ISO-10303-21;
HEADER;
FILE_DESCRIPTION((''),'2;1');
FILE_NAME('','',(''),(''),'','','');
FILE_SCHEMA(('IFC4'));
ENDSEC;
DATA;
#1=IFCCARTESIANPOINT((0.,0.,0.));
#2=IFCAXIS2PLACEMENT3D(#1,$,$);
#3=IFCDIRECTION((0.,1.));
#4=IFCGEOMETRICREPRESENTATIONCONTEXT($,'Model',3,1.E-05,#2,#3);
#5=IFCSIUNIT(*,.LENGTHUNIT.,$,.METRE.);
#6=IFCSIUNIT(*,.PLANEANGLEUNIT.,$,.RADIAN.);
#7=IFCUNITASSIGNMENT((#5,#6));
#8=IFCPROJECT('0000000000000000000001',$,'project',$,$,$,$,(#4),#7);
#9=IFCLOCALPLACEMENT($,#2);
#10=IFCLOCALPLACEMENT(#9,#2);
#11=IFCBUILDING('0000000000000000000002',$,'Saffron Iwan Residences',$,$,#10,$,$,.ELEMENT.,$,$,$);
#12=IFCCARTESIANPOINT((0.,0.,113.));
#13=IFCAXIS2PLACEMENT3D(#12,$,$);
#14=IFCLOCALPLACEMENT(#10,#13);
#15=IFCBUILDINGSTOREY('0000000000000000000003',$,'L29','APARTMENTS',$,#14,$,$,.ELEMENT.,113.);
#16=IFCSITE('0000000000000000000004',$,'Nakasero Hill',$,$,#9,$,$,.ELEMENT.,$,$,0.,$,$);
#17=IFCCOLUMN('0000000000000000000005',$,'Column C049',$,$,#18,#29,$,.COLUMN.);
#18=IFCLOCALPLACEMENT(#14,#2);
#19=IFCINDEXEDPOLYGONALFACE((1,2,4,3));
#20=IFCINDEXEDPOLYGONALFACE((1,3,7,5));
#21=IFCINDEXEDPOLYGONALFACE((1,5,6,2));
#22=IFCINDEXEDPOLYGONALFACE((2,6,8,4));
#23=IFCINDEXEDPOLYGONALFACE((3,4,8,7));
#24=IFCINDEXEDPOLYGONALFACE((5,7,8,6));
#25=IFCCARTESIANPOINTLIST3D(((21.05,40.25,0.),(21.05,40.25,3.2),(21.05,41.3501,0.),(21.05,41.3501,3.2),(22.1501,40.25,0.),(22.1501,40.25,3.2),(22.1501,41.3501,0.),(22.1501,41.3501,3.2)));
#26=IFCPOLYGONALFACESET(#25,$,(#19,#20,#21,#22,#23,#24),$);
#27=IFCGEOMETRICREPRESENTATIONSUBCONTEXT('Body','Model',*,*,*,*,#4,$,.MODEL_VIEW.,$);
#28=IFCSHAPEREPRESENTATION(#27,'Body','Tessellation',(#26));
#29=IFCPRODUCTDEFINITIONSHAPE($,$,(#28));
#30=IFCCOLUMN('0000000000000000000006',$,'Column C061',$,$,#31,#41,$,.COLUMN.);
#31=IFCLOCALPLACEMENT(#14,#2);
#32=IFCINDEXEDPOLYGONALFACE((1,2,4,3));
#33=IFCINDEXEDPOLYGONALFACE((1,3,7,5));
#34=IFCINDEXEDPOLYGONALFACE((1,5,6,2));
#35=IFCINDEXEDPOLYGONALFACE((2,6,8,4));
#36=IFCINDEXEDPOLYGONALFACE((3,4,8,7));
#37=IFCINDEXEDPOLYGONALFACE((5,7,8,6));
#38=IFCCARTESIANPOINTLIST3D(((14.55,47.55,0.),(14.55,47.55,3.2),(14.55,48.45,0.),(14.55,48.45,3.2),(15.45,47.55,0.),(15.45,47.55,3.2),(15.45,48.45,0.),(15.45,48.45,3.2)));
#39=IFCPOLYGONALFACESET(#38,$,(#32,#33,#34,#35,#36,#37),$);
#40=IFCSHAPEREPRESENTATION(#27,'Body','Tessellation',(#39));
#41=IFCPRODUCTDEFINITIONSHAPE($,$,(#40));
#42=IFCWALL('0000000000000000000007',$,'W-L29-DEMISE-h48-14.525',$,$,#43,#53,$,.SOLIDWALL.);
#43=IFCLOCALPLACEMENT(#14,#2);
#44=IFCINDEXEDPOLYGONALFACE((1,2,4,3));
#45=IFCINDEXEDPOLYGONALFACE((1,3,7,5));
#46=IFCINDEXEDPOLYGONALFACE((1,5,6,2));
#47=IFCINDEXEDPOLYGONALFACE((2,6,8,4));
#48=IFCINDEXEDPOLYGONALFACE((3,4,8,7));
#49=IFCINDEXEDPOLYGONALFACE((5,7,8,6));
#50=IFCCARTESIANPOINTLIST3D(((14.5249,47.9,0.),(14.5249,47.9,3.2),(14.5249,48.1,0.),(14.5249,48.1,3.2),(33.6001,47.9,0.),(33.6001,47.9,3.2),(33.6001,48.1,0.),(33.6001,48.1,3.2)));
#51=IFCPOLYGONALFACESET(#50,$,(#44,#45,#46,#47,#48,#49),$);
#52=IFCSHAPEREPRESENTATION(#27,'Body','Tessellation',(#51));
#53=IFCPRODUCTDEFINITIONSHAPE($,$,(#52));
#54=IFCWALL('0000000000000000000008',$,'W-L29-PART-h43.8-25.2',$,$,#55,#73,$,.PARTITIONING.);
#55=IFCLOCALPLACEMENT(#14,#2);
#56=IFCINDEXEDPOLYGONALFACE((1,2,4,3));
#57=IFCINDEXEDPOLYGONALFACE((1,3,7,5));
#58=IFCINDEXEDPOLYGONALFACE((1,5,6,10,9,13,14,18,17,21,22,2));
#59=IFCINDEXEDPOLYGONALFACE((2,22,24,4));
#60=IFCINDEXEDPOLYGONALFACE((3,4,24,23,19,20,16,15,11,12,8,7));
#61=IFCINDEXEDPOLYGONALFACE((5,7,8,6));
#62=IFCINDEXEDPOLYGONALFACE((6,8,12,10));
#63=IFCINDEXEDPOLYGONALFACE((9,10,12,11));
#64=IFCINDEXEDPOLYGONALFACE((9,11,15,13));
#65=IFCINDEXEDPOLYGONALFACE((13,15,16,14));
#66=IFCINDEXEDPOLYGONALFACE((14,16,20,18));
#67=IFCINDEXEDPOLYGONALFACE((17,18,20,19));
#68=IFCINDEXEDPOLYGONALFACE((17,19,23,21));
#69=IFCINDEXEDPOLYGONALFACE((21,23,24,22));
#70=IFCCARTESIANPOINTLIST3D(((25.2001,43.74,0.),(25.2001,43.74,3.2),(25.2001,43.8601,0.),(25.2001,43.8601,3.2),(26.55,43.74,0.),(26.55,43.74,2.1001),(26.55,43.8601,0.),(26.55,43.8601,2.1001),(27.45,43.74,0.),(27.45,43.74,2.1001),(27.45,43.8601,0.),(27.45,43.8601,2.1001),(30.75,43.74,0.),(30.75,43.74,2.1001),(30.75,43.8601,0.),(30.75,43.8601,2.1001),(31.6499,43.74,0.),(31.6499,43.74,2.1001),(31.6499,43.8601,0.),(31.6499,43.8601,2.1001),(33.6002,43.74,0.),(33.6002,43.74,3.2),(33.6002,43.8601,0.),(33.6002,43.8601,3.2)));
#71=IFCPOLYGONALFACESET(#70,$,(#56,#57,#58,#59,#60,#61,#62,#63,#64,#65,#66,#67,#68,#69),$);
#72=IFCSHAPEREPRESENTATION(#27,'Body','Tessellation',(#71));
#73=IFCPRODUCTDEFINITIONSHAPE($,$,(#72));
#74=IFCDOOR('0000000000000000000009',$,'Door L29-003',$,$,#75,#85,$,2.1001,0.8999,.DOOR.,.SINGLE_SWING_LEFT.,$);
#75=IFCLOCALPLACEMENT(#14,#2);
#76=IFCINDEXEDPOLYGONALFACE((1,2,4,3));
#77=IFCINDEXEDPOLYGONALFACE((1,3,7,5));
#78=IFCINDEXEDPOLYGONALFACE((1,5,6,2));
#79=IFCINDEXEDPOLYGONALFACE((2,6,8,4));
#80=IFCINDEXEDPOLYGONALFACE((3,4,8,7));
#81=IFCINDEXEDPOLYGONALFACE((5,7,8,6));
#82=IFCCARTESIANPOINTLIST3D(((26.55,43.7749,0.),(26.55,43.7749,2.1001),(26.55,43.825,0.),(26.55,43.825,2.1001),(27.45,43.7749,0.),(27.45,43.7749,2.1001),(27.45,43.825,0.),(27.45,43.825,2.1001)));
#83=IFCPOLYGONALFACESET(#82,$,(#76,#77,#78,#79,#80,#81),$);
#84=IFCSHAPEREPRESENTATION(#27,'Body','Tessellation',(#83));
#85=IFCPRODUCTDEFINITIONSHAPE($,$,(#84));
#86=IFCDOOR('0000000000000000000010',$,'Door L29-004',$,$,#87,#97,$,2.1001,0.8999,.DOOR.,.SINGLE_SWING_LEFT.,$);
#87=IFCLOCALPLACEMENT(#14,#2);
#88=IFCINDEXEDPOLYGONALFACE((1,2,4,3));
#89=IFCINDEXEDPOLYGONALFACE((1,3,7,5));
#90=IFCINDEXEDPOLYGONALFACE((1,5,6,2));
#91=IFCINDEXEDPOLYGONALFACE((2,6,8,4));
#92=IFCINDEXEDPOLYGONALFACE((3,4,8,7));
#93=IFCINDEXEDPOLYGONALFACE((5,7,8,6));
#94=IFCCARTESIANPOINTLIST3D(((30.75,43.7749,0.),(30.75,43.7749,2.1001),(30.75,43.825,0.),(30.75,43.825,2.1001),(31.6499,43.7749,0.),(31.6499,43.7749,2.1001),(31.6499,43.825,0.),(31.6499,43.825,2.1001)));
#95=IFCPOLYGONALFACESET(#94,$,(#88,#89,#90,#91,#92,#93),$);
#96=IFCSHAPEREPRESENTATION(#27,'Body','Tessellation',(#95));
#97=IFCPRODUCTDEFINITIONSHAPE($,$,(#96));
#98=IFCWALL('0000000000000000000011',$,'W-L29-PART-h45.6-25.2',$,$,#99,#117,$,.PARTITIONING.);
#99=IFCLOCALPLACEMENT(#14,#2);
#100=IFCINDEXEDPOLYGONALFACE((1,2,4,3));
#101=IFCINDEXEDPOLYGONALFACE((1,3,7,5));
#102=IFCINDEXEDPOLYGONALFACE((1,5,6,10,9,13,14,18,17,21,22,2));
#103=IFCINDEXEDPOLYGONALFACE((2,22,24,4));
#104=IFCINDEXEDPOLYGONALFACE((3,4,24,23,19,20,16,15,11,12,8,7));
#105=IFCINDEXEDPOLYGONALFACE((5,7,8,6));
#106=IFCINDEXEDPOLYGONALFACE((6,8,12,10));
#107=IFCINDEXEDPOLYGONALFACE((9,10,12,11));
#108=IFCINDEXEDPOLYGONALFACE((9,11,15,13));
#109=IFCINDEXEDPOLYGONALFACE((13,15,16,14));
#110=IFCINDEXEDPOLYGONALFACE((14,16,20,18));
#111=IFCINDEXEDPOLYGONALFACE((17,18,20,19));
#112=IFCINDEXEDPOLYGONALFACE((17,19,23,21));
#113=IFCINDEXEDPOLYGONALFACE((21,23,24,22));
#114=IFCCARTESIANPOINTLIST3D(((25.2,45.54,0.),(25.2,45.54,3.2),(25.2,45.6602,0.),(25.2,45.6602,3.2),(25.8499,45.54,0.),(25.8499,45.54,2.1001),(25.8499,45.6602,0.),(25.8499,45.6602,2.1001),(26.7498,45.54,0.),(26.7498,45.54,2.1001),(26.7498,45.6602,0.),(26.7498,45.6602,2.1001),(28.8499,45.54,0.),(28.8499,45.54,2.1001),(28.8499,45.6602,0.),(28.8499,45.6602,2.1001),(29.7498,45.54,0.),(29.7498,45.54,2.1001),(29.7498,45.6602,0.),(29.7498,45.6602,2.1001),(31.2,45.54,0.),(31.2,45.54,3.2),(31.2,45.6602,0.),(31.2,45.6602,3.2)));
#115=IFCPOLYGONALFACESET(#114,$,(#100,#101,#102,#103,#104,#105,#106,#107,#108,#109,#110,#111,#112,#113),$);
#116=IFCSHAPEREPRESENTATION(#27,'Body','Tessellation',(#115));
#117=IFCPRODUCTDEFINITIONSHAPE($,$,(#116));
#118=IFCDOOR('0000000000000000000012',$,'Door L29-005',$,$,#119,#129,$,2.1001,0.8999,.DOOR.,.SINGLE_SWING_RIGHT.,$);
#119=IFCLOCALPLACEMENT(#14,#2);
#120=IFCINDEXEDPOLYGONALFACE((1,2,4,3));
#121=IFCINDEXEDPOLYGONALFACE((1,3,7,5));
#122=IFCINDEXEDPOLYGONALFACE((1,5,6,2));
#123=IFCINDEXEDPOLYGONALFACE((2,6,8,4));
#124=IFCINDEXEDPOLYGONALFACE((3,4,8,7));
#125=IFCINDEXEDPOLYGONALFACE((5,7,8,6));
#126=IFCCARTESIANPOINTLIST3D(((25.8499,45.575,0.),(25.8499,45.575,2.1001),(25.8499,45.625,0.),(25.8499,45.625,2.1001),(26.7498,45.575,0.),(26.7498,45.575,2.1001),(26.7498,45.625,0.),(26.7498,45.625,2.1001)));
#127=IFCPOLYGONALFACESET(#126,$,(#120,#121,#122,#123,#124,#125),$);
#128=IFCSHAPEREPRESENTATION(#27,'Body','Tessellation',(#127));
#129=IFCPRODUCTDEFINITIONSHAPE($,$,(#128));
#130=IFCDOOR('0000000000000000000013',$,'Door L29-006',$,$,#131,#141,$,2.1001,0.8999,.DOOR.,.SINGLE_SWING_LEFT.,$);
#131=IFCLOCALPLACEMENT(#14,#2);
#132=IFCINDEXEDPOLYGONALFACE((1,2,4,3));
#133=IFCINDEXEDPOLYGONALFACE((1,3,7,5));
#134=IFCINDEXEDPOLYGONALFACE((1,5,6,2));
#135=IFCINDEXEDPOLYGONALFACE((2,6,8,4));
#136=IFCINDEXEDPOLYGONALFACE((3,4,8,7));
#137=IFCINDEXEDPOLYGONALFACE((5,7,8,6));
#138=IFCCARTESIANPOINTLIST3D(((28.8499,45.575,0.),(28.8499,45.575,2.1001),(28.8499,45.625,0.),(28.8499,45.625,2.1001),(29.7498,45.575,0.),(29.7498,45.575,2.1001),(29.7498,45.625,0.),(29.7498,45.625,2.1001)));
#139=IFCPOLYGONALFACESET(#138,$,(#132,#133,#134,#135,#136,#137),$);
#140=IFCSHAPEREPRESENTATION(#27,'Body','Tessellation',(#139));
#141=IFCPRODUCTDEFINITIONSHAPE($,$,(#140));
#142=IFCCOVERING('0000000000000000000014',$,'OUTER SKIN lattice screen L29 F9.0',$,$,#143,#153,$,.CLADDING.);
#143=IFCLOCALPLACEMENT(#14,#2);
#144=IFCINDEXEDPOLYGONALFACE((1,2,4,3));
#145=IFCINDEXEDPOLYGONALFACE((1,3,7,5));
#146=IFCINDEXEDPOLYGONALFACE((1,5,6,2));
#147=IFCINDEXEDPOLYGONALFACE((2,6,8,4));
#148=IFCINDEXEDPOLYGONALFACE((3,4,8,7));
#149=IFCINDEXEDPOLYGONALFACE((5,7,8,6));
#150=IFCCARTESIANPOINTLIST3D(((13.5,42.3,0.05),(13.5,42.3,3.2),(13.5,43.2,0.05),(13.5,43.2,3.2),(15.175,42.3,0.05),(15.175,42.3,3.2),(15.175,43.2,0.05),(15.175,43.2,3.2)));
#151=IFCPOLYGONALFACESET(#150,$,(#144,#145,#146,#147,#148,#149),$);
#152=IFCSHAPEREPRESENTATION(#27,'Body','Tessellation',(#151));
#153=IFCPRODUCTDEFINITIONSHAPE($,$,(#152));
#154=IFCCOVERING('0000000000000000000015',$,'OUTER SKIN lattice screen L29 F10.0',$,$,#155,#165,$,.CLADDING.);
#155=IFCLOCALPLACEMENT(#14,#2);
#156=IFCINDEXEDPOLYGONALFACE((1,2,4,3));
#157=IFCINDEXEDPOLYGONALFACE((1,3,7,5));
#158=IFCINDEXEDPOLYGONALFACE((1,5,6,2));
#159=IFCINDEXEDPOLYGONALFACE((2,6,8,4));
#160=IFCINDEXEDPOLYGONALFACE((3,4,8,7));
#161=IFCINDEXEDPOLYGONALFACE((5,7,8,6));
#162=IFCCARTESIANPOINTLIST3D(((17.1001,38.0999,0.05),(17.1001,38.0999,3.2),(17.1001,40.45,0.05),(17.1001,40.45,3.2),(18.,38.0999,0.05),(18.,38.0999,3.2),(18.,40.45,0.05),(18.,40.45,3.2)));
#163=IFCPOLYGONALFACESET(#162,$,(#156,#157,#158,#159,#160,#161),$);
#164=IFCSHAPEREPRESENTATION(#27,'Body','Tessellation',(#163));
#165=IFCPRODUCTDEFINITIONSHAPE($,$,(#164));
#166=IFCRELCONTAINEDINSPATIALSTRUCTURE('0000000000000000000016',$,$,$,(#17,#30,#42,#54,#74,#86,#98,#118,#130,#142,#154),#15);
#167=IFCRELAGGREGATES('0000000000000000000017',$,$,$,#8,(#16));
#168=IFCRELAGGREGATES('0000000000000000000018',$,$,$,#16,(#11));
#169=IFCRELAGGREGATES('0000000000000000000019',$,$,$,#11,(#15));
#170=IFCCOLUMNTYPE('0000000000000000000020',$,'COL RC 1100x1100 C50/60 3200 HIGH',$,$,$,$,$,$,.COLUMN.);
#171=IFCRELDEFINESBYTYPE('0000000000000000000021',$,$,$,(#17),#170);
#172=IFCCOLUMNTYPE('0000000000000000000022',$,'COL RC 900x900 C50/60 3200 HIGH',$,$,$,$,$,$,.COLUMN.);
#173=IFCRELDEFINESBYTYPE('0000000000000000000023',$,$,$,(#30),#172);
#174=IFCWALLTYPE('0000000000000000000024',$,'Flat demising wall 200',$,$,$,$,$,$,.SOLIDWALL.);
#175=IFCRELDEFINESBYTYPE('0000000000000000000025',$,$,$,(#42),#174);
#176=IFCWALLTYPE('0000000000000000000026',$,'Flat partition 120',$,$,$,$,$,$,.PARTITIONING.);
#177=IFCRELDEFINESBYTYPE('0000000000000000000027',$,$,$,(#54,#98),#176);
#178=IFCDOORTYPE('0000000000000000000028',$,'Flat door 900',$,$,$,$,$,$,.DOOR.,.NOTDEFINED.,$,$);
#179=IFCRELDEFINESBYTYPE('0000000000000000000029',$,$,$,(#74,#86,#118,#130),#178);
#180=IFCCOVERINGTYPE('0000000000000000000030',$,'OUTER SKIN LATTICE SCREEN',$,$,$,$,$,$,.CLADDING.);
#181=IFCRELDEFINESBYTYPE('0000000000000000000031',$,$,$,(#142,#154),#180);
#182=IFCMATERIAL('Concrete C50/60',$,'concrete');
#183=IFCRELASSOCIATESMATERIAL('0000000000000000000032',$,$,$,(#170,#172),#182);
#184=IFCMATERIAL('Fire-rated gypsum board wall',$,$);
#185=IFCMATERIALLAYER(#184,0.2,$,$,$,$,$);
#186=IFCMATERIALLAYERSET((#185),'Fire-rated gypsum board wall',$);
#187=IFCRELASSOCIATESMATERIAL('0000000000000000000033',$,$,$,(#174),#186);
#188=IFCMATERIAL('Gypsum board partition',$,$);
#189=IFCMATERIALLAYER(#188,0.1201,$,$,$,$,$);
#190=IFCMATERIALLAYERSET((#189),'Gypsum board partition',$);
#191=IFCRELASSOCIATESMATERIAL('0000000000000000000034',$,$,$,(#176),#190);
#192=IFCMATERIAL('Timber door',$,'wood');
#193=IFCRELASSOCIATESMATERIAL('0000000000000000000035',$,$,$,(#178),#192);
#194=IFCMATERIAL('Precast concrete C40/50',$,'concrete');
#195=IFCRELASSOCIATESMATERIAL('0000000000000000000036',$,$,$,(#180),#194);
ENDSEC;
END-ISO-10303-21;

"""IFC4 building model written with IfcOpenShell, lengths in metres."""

from ifc_helpers import new_model, si_unit, direction, frame, frame_2d, origin, origin_2d, place, context, subcontext, project, spatial, polyline, rectangle, outline, extrude, source, transform, mapped, material, layer, layer_set, material_profile, profile_set, type_object, element, fill, save


model = new_model("IFC4")

# Units and contexts
model_context = context("Model", 3, precision=1e-05, world=origin(), true_north=direction((0.0, 1.0)))
body_context = subcontext(model_context, "Body", "Model", "MODEL_VIEW")
ifc_project = project(units=[si_unit("LENGTHUNIT", "METRE"), si_unit("PLANEANGLEUNIT", "RADIAN")], contexts=[model_context])

# Site, building, storey
site_placement = place(None, origin())
site = spatial("IfcSite", under=ifc_project, at=site_placement, Name="Nakasero Hill", CompositionType="ELEMENT", RefElevation=0.0)
building_placement = place(site_placement, origin())
building = spatial("IfcBuilding", under=site, at=building_placement, Name="Saffron Iwan Residences", CompositionType="ELEMENT")
storey_placement = place(building_placement, frame((0.0, 0.0, 113.0)))
storey = spatial("IfcBuildingStorey", under=building, at=storey_placement, Name="L29", Description="APARTMENTS", CompositionType="ELEMENT", Elevation=113.0)

# Columns
ifc_material_1 = material(Name="Concrete C50/60", Category="concrete")
ifc_material_profile_1 = material_profile(ifc_material_1, rectangle(XDim=1.1001, YDim=1.1001, at=origin_2d()), Name="RC 1100x1100")
ifc_profile_set_1 = profile_set([ifc_material_profile_1], Name="Concrete C50/60")
column_type_1 = type_object("IfcColumnType", Name="COL RC 1100x1100 C50/60 3200 HIGH", PredefinedType="COLUMN", material=ifc_profile_set_1)
shared_shape_1 = source(origin(), body_context, "Body", "SweptSolid", [
    extrude(rectangle(XDim=1.1001, YDim=1.1001, at=origin_2d()), origin(), (0.0, 0.0, 1.0), 3.2),
])
column_1_placement = place(storey_placement, frame((21.6001, 40.8, 0.0), z_axis=(0.0, 0.0, 1.0), x_axis=(1.0, 0.0, 0.0)))
element("IfcColumn", 1, at=column_1_placement, inside=storey, type_object=column_type_1, Name="Column C049", PredefinedType="COLUMN", context=body_context, shape_type="MappedRepresentation", body=[
    mapped(shared_shape_1, transform((0.0, 0.0, 0.0))),
])
ifc_material_profile_2 = material_profile(ifc_material_1, rectangle(XDim=0.8999, YDim=0.8999, at=origin_2d()), Name="RC 900x900")
ifc_profile_set_2 = profile_set([ifc_material_profile_2], Name="Concrete C50/60")
column_type_2 = type_object("IfcColumnType", Name="COL RC 900x900 C50/60 3200 HIGH", PredefinedType="COLUMN", material=ifc_profile_set_2)
shared_shape_2 = source(origin(), body_context, "Body", "SweptSolid", [
    extrude(rectangle(XDim=0.8999, YDim=0.8999, at=origin_2d()), origin(), (0.0, 0.0, 1.0), 3.2),
])
column_2_placement = place(storey_placement, frame((15.0, 48.0, 0.0), z_axis=(0.0, 0.0, 1.0), x_axis=(1.0, 0.0, 0.0)))
element("IfcColumn", 2, at=column_2_placement, inside=storey, type_object=column_type_2, Name="Column C061", PredefinedType="COLUMN", context=body_context, shape_type="MappedRepresentation", body=[
    mapped(shared_shape_2, transform((0.0, 0.0, 0.0))),
])

# Wall
ifc_material_2 = material(Name="Fire-rated gypsum board wall")
ifc_layer_1 = layer(ifc_material_2, 0.2)
ifc_layer_set_1 = layer_set([ifc_layer_1], Name="Fire-rated gypsum board wall")
wall_type_1 = type_object("IfcWallType", Name="Flat demising wall 200", PredefinedType="SOLIDWALL", material=ifc_layer_set_1)
wall_1_placement = place(storey_placement, frame((14.5249, 48.0, 0.0), z_axis=(0.0, 0.0, 1.0), x_axis=(1.0, 0.0, 0.0)))
element("IfcWall", 3, at=wall_1_placement, inside=storey, type_object=wall_type_1, Name="W-L29-DEMISE-h48-14.525", PredefinedType="SOLIDWALL", context=body_context, shape_type="SweptSolid", body=[
    extrude(rectangle(XDim=19.0752, YDim=0.2, at=frame_2d((9.5376, 0.0))), origin(), (0.0, 0.0, 1.0), 3.2),
])

# Walls, openings, doors
ifc_material_3 = material(Name="Gypsum board partition")
ifc_layer_2 = layer(ifc_material_3, 0.1201)
ifc_layer_set_2 = layer_set([ifc_layer_2], Name="Gypsum board partition")
wall_type_2 = type_object("IfcWallType", Name="Flat partition 120", PredefinedType="PARTITIONING", material=ifc_layer_set_2)
wall_2_placement = place(storey_placement, frame((25.2, 43.8, 0.0), z_axis=(0.0, 0.0, 1.0), x_axis=(1.0, 0.0, 0.0)))
wall_2 = element("IfcWall", 4, at=wall_2_placement, inside=storey, type_object=wall_type_2, Name="W-L29-PART-h43.8-25.2", PredefinedType="PARTITIONING", context=body_context, shape_type="SweptSolid", body=[
    extrude(rectangle(XDim=8.4001, YDim=0.1201, at=frame_2d((4.2002, 0.0))), origin(), (0.0, 0.0, 1.0), 3.2),
])
opening_1_placement = place(wall_2_placement, frame((1.3501, 0.0, 0.0)))
opening_1 = element("IfcOpeningElement", 5, at=opening_1_placement, cuts=wall_2, PredefinedType="OPENING", context=body_context, shape_type="SweptSolid", body=[
    extrude(rectangle(XDim=0.8999, YDim=2.1001, at=frame_2d((0.45, 1.05))), frame((0.0, 0.0701, 0.0), z_axis=(0.0, -1.0, 0.0), x_axis=(1.0, 0.0, 0.0)), (0.0, 0.0, 1.0), 0.1401),
])
opening_2_placement = place(wall_2_placement, frame((5.55, 0.0, 0.0)))
opening_2 = element("IfcOpeningElement", 6, at=opening_2_placement, cuts=wall_2, PredefinedType="OPENING", context=body_context, shape_type="SweptSolid", body=[
    extrude(rectangle(XDim=0.8999, YDim=2.1001, at=frame_2d((0.45, 1.05))), frame((0.0, 0.0701, 0.0), z_axis=(0.0, -1.0, 0.0), x_axis=(1.0, 0.0, 0.0)), (0.0, 0.0, 1.0), 0.1401),
])
ifc_material_4 = material(Name="Timber door", Category="wood")
door_type_1 = type_object("IfcDoorType", Name="Flat door 900", OperationType="NOTDEFINED", PredefinedType="DOOR", material=ifc_material_4)
door_1_placement = place(opening_1_placement, origin())
door_1 = element("IfcDoor", 7, at=door_1_placement, inside=storey, type_object=door_type_1, Name="Door L29-003", OperationType="SINGLE_SWING_LEFT", OverallHeight=2.1001, OverallWidth=0.8999, PredefinedType="DOOR", context=body_context, shape_type="SweptSolid", body=[
    extrude(rectangle(XDim=0.8999, YDim=2.1001, at=frame_2d((0.45, 1.05))), frame((0.0, 0.0249, 0.0), z_axis=(0.0, -1.0, 0.0), x_axis=(1.0, 0.0, 0.0)), (0.0, 0.0, 1.0), 0.05),
])
fill(opening_1, door_1)
door_2_placement = place(opening_2_placement, origin())
door_2 = element("IfcDoor", 8, at=door_2_placement, inside=storey, type_object=door_type_1, Name="Door L29-004", OperationType="SINGLE_SWING_LEFT", OverallHeight=2.1001, OverallWidth=0.8999, PredefinedType="DOOR", context=body_context, shape_type="SweptSolid", body=[
    extrude(rectangle(XDim=0.8999, YDim=2.1001, at=frame_2d((0.45, 1.05))), frame((0.0, 0.0249, 0.0), z_axis=(0.0, -1.0, 0.0), x_axis=(1.0, 0.0, 0.0)), (0.0, 0.0, 1.0), 0.05),
])
fill(opening_2, door_2)
wall_3_placement = place(storey_placement, frame((25.2, 45.6001, 0.0), z_axis=(0.0, 0.0, 1.0), x_axis=(1.0, 0.0, 0.0)))
wall_3 = element("IfcWall", 9, at=wall_3_placement, inside=storey, type_object=wall_type_2, Name="W-L29-PART-h45.6-25.2", PredefinedType="PARTITIONING", context=body_context, shape_type="SweptSolid", body=[
    extrude(rectangle(XDim=6.0, YDim=0.1201, at=frame_2d((3.0, 0.0))), origin(), (0.0, 0.0, 1.0), 3.2),
])
opening_3_placement = place(wall_3_placement, frame((0.6499, 0.0, 0.0)))
opening_3 = element("IfcOpeningElement", 10, at=opening_3_placement, cuts=wall_3, PredefinedType="OPENING", context=body_context, shape_type="SweptSolid", body=[
    extrude(rectangle(XDim=0.8999, YDim=2.1001, at=frame_2d((0.45, 1.05))), frame((0.0, 0.0701, 0.0), z_axis=(0.0, -1.0, 0.0), x_axis=(1.0, 0.0, 0.0)), (0.0, 0.0, 1.0), 0.1401),
])
opening_4_placement = place(wall_3_placement, frame((3.6499, 0.0, 0.0)))
opening_4 = element("IfcOpeningElement", 11, at=opening_4_placement, cuts=wall_3, PredefinedType="OPENING", context=body_context, shape_type="SweptSolid", body=[
    extrude(rectangle(XDim=0.8999, YDim=2.1001, at=frame_2d((0.45, 1.05))), frame((0.0, 0.0701, 0.0), z_axis=(0.0, -1.0, 0.0), x_axis=(1.0, 0.0, 0.0)), (0.0, 0.0, 1.0), 0.1401),
])
door_3_placement = place(opening_3_placement, origin())
door_3 = element("IfcDoor", 12, at=door_3_placement, inside=storey, type_object=door_type_1, Name="Door L29-005", OperationType="SINGLE_SWING_RIGHT", OverallHeight=2.1001, OverallWidth=0.8999, PredefinedType="DOOR", context=body_context, shape_type="SweptSolid", body=[
    extrude(rectangle(XDim=0.8999, YDim=2.1001, at=frame_2d((0.45, 1.05))), frame((0.0, 0.0249, 0.0), z_axis=(0.0, -1.0, 0.0), x_axis=(1.0, 0.0, 0.0)), (0.0, 0.0, 1.0), 0.05),
])
fill(opening_3, door_3)
door_4_placement = place(opening_4_placement, origin())
door_4 = element("IfcDoor", 13, at=door_4_placement, inside=storey, type_object=door_type_1, Name="Door L29-006", OperationType="SINGLE_SWING_LEFT", OverallHeight=2.1001, OverallWidth=0.8999, PredefinedType="DOOR", context=body_context, shape_type="SweptSolid", body=[
    extrude(rectangle(XDim=0.8999, YDim=2.1001, at=frame_2d((0.45, 1.05))), frame((0.0, 0.0249, 0.0), z_axis=(0.0, -1.0, 0.0), x_axis=(1.0, 0.0, 0.0)), (0.0, 0.0, 1.0), 0.05),
])
fill(opening_4, door_4)

# Coverings
ifc_material_5 = material(Name="Precast concrete C40/50", Category="concrete")
covering_type = type_object("IfcCoveringType", Name="OUTER SKIN LATTICE SCREEN", PredefinedType="CLADDING", material=ifc_material_5)
covering_1_placement = place(storey_placement, frame((13.5, 43.2, 0.05), z_axis=(0.0, -1.0, 0.0), x_axis=(1.0, 0.0, 0.0)))
element("IfcCovering", 14, at=covering_1_placement, inside=storey, type_object=covering_type, Name="OUTER SKIN lattice screen L29 F9.0", PredefinedType="CLADDING", context=body_context, shape_type="SweptSolid", body=[
    extrude(outline(polyline([(0.0, 0.0), (1.675, 0.0), (1.675, 3.1499), (0.0, 3.1499), (0.0, 0.0)])), origin(), (0.0, 0.0, 1.0), 0.8999),
])
covering_2_placement = place(storey_placement, frame((18.0, 40.45, 0.05), z_axis=(-1.0, 0.0, 0.0), x_axis=(0.0, -1.0, 0.0)))
element("IfcCovering", 15, at=covering_2_placement, inside=storey, type_object=covering_type, Name="OUTER SKIN lattice screen L29 F10.0", PredefinedType="CLADDING", context=body_context, shape_type="SweptSolid", body=[
    extrude(outline(polyline([(0.0, 0.0), (2.3501, 0.0), (2.3501, 3.1499), (0.0, 3.1499), (0.0, 0.0)])), origin(), (0.0, 0.0, 1.0), 0.8999),
])

save(model, "model.ifc")
